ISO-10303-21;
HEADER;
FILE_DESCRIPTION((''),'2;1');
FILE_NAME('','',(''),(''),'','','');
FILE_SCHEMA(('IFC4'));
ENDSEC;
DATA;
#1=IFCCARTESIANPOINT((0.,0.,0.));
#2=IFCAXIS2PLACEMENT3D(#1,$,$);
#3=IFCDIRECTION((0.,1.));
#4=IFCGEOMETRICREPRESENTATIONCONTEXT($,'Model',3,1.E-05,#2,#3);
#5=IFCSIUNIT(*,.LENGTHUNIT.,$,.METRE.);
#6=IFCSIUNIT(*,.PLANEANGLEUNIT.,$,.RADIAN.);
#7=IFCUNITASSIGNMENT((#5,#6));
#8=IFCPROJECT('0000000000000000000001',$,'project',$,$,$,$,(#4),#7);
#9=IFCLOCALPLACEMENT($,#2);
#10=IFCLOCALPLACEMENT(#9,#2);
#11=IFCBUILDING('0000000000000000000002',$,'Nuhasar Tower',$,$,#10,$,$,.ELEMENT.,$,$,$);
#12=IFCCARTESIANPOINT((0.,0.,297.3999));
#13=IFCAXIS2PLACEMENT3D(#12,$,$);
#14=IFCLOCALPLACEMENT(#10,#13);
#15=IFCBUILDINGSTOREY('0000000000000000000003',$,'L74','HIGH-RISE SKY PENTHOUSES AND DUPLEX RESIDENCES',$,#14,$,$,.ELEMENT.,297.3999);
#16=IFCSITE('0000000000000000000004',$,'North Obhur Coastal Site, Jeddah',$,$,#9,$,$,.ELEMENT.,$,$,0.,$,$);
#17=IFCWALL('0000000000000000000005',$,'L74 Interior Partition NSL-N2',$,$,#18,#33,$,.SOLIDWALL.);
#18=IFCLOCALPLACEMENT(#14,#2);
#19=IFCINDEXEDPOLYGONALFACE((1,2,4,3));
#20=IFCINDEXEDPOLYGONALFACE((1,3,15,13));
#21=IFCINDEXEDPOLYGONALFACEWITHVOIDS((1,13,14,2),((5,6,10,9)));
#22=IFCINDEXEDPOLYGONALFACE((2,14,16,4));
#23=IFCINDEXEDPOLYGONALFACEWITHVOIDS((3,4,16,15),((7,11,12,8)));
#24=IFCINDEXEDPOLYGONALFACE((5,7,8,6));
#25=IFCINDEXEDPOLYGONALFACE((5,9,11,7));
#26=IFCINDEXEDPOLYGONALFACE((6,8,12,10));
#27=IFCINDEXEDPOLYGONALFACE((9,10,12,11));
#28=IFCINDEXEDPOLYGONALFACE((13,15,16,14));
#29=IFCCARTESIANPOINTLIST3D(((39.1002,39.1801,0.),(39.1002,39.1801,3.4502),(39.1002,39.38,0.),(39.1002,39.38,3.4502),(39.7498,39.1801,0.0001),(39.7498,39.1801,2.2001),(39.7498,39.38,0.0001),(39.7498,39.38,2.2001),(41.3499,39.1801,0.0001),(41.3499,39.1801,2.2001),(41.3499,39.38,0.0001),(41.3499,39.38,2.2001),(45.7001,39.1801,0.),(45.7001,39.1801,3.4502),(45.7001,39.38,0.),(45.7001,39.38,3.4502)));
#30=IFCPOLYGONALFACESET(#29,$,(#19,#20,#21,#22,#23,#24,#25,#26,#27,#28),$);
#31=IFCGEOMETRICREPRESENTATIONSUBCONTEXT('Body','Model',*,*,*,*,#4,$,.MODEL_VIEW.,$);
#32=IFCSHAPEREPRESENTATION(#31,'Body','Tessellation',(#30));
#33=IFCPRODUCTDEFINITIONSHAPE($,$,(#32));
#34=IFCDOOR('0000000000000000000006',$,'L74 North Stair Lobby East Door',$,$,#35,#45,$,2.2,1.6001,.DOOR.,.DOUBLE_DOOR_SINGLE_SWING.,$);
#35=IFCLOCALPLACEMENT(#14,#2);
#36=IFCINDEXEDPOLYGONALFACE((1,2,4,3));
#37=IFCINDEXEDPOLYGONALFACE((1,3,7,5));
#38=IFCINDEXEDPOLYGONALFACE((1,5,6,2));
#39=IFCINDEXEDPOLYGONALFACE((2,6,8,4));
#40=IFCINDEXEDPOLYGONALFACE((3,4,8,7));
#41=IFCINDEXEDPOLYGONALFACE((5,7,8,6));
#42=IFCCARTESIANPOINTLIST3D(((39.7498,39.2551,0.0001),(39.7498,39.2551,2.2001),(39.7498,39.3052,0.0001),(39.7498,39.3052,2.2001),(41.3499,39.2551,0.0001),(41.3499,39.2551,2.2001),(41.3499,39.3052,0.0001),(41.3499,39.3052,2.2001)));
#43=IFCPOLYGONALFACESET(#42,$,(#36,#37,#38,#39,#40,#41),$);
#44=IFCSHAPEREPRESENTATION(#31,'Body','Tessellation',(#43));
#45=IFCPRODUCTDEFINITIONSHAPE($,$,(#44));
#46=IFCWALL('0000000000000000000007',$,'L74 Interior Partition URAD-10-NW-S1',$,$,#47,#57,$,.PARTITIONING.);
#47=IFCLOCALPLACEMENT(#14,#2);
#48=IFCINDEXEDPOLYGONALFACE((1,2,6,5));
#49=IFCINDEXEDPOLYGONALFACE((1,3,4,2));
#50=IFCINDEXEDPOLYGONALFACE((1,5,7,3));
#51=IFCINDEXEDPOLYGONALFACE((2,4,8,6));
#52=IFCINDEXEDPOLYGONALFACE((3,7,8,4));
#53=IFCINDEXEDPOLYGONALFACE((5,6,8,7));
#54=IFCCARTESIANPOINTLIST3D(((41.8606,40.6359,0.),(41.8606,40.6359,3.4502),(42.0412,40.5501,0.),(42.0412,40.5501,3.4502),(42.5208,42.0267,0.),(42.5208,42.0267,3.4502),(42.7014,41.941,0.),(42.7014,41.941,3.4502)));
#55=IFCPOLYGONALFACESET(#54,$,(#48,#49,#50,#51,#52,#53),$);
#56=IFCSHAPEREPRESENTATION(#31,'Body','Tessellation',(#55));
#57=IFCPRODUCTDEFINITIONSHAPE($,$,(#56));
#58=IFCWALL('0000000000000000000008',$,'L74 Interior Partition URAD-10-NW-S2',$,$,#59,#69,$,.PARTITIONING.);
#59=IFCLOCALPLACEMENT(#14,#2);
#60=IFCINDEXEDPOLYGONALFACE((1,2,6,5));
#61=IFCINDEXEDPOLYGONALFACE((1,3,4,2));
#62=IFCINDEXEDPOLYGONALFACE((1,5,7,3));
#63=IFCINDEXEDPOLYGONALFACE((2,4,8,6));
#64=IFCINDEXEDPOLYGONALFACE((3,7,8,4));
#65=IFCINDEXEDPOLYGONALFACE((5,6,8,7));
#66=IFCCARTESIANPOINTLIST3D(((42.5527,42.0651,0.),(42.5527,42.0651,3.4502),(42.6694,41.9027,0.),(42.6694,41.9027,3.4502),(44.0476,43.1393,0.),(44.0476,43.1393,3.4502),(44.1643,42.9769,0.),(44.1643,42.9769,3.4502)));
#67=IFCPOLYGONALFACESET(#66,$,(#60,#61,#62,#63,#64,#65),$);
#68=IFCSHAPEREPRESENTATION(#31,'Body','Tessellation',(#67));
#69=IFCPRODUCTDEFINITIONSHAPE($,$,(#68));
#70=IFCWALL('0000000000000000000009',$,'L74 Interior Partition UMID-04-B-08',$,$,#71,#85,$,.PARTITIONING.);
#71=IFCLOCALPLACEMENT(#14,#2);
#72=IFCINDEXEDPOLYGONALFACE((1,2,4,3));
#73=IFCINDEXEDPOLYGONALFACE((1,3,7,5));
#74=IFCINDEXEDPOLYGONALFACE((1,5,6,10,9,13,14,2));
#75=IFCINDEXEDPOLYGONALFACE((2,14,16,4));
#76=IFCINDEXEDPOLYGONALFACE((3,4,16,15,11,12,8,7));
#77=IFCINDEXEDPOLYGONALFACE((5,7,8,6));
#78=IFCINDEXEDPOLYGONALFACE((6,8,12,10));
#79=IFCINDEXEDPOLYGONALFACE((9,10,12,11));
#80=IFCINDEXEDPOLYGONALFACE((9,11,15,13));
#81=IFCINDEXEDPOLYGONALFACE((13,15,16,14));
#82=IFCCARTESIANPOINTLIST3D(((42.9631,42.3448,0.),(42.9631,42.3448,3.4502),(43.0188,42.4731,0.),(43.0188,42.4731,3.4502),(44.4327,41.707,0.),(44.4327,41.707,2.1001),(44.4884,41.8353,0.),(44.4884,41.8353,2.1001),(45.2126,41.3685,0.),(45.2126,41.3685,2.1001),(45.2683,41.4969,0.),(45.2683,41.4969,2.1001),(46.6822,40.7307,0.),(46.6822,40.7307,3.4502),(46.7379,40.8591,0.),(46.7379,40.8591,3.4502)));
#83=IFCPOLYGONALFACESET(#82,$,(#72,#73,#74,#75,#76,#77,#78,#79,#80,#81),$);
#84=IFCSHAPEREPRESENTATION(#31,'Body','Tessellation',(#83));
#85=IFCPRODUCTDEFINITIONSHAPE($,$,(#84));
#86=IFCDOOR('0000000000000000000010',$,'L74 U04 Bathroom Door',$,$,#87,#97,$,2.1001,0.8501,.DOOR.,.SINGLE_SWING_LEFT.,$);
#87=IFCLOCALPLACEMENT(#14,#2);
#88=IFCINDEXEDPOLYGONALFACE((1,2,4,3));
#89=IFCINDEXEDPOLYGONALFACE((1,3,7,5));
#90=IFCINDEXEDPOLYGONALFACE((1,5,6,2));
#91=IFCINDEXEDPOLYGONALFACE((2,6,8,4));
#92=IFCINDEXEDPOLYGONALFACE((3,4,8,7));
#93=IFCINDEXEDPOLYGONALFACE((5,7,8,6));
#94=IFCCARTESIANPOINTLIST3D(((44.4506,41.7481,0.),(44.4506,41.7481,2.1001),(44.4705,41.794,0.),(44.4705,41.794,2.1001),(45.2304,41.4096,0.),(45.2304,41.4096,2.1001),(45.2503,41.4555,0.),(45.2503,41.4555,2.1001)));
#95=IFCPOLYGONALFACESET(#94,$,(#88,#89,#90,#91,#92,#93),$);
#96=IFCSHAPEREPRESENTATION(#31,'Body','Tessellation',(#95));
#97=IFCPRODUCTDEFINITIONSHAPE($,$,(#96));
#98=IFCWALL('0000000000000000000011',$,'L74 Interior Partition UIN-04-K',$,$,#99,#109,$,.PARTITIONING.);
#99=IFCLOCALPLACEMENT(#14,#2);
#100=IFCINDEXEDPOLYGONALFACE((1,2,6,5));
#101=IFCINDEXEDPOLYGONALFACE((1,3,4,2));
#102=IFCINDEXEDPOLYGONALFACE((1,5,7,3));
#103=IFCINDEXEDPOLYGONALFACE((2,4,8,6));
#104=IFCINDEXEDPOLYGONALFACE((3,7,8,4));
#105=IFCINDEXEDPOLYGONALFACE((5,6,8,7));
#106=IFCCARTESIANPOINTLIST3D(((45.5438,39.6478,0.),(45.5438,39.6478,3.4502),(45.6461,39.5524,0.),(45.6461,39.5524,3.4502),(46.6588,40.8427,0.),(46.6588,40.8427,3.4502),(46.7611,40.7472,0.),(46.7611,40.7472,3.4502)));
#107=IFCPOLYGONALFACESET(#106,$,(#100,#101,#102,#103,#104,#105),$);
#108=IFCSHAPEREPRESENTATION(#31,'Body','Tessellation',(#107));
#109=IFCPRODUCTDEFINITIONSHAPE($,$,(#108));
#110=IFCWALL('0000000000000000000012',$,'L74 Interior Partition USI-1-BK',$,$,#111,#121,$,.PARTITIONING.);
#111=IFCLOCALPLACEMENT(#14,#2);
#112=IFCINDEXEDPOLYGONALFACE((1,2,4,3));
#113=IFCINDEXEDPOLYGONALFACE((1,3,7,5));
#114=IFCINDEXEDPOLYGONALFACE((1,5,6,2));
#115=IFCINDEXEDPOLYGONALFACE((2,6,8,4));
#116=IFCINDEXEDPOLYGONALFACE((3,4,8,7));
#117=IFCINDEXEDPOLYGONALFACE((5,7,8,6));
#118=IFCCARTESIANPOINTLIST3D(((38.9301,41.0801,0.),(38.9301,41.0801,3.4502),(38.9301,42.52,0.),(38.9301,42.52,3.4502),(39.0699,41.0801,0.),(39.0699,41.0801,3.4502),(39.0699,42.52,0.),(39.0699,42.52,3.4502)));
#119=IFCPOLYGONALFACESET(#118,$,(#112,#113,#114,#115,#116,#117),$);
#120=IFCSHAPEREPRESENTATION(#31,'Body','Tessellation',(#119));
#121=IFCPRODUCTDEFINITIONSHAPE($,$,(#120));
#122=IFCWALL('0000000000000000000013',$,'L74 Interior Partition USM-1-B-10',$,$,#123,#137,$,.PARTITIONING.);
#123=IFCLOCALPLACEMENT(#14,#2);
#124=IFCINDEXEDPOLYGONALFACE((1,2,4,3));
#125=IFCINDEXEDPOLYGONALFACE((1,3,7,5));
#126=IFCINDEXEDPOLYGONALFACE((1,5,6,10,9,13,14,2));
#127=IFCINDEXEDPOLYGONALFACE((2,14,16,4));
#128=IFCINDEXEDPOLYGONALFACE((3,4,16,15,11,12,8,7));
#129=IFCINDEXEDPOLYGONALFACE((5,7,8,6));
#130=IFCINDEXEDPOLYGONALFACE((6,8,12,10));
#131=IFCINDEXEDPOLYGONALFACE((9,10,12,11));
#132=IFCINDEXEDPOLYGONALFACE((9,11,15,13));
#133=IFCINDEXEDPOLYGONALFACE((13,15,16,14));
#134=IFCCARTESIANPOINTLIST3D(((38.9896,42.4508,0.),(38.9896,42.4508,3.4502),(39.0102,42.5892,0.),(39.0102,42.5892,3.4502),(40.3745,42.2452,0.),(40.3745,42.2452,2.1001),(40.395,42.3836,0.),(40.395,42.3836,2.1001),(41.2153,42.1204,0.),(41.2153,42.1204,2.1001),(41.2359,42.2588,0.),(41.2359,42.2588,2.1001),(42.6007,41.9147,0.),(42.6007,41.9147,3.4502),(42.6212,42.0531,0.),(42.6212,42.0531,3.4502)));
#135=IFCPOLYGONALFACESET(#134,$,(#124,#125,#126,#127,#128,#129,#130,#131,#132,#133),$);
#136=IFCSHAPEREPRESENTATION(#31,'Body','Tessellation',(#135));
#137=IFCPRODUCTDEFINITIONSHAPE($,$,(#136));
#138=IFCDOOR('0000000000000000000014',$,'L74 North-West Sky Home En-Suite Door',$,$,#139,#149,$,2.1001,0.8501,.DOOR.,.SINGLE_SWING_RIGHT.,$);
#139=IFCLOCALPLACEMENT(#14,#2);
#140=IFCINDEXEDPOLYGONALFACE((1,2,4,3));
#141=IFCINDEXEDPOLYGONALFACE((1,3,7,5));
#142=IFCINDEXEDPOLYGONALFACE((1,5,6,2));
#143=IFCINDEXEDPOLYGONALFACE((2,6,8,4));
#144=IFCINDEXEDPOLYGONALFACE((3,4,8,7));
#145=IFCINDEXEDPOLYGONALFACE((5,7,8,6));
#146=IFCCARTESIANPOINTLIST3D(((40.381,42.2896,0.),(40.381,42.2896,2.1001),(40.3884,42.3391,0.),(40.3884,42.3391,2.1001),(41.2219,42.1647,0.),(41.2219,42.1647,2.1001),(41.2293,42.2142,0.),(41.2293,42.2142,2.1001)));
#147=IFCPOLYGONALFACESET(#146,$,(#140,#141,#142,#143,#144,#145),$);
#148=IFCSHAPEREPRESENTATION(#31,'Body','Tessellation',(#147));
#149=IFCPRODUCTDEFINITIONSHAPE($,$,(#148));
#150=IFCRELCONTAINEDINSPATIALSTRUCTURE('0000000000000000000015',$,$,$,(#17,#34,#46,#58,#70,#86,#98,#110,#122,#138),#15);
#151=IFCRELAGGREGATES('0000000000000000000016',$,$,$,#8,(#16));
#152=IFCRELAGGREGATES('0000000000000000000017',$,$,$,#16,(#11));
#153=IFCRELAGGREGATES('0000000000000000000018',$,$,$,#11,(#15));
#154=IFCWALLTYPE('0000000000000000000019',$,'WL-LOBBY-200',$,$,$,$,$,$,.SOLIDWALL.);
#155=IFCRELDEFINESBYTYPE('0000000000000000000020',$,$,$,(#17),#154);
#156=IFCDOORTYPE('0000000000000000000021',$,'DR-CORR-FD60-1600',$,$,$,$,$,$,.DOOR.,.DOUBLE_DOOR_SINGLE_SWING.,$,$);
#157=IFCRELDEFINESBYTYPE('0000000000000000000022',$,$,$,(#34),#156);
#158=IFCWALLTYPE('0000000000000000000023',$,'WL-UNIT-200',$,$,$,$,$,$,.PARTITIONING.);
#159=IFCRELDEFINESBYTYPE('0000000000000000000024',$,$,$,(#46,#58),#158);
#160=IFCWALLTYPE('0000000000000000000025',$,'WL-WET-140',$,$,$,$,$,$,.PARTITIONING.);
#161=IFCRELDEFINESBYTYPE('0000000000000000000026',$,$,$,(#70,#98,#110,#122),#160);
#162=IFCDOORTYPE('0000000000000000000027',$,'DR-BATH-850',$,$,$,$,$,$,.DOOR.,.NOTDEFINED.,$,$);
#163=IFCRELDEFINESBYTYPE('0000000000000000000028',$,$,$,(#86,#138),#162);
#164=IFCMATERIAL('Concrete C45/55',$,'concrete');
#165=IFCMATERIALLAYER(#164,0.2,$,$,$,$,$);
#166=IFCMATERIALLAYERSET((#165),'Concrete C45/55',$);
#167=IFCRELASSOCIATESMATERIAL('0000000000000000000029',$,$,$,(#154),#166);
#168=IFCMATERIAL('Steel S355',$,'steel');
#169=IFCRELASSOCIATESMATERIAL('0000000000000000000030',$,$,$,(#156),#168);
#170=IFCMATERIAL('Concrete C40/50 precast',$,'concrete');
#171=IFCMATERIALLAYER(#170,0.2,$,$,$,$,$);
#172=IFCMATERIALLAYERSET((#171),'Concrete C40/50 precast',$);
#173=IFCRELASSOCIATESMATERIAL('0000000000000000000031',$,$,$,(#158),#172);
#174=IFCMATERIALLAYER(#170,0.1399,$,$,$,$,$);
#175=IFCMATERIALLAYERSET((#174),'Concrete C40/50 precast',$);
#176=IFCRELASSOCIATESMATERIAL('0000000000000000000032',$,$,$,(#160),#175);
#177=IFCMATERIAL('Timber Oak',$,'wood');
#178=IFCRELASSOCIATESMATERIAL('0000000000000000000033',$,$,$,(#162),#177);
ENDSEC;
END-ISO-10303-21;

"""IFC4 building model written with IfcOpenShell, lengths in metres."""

from ifc_helpers import new_model, si_unit, direction, frame, frame_2d, origin, place, context, subcontext, project, spatial, rectangle, extrude, material, layer, layer_set, type_object, element, fill, save


model = new_model("IFC4")

# Units and contexts
model_context = context("Model", 3, precision=1e-05, world=origin(), true_north=direction((0.0, 1.0)))
body_context = subcontext(model_context, "Body", "Model", "MODEL_VIEW")
ifc_project = project(units=[si_unit("LENGTHUNIT", "METRE"), si_unit("PLANEANGLEUNIT", "RADIAN")], contexts=[model_context])

# Site, building, storey
site_placement = place(None, origin())
site = spatial("IfcSite", under=ifc_project, at=site_placement, Name="North Obhur Coastal Site, Jeddah", CompositionType="ELEMENT", RefElevation=0.0)
building_placement = place(site_placement, origin())
building = spatial("IfcBuilding", under=site, at=building_placement, Name="Nuhasar Tower", CompositionType="ELEMENT")
storey_placement = place(building_placement, frame((0.0, 0.0, 297.3999)))
storey = spatial("IfcBuildingStorey", under=building, at=storey_placement, Name="L74", Description="HIGH-RISE SKY PENTHOUSES AND DUPLEX RESIDENCES", CompositionType="ELEMENT", Elevation=297.3999)

# Shared definitions
ifc_material_1 = material(Name="Steel S355", Category="steel")

# Shared definitions
ifc_material_2 = material(Name="Concrete C45/55", Category="concrete")
ifc_layer_1 = layer(ifc_material_2, 0.2)
ifc_layer_set_1 = layer_set([ifc_layer_1], Name="Concrete C45/55")
wall_type_1 = type_object("IfcWallType", Name="WL-LOBBY-200", PredefinedType="SOLIDWALL", material=ifc_layer_set_1)

# Wall, opening, door
wall_1_placement = place(storey_placement, frame((45.7, 39.28, 0.0), z_axis=(0.0, 0.0, 1.0), x_axis=(-1.0, 0.0, 0.0)))
wall_1 = element("IfcWall", 1, at=wall_1_placement, inside=storey, type_object=wall_type_1, Name="L74 Interior Partition NSL-N2", PredefinedType="SOLIDWALL", context=body_context, shape_type="SweptSolid", body=[
    extrude(rectangle(XDim=6.5999, YDim=0.2, at=frame_2d((3.2998, 0.0))), origin(), (0.0, 0.0, 1.0), 3.4502),
])
opening_1_placement = place(wall_1_placement, frame((4.3501, 0.0, 0.0)))
opening_1 = element("IfcOpeningElement", 2, at=opening_1_placement, cuts=wall_1, PredefinedType="OPENING", context=body_context, shape_type="SweptSolid", body=[
    extrude(rectangle(XDim=1.6001, YDim=2.2, at=frame_2d((0.8, 1.1001))), frame((0.0, 0.1099, 0.0), z_axis=(0.0, -1.0, 0.0), x_axis=(1.0, 0.0, 0.0)), (0.0, 0.0, 1.0), 0.22),
])
door_type_1 = type_object("IfcDoorType", Name="DR-CORR-FD60-1600", OperationType="DOUBLE_DOOR_SINGLE_SWING", PredefinedType="DOOR", material=ifc_material_1)
door_1_placement = place(opening_1_placement, origin())
door_1 = element("IfcDoor", 3, at=door_1_placement, inside=storey, type_object=door_type_1, Name="L74 North Stair Lobby East Door", OperationType="DOUBLE_DOOR_SINGLE_SWING", OverallHeight=2.2, OverallWidth=1.6001, PredefinedType="DOOR", context=body_context, shape_type="SweptSolid", body=[
    extrude(rectangle(XDim=1.6001, YDim=2.2, at=frame_2d((0.8, 1.1001))), frame((0.0, 0.0249, 0.0), z_axis=(0.0, -1.0, 0.0), x_axis=(1.0, 0.0, 0.0)), (0.0, 0.0, 1.0), 0.05),
])
fill(opening_1, door_1)

# Walls
ifc_material_3 = material(Name="Concrete C40/50 precast", Category="concrete")
ifc_layer_2 = layer(ifc_material_3, 0.2)
ifc_layer_set_2 = layer_set([ifc_layer_2], Name="Concrete C40/50 precast")
wall_type_2 = type_object("IfcWallType", Name="WL-UNIT-200", PredefinedType="PARTITIONING", material=ifc_layer_set_2)
wall_2_placement = place(storey_placement, frame((41.9509, 40.593, 0.0), z_axis=(0.0, 0.0, 1.0), x_axis=(0.428788, 0.903405, 0.0)))
element("IfcWall", 4, at=wall_2_placement, inside=storey, type_object=wall_type_2, Name="L74 Interior Partition URAD-10-NW-S1", PredefinedType="PARTITIONING", context=body_context, shape_type="SweptSolid", body=[
    extrude(rectangle(XDim=1.5396, YDim=0.2, at=frame_2d((0.7698, 0.0))), origin(), (0.0, 0.0, 1.0), 3.4502),
])
wall_3_placement = place(storey_placement, frame((42.6111, 41.9839, 0.0), z_axis=(0.0, 0.0, 1.0), x_axis=(0.812072, 0.583557, 0.0)))
element("IfcWall", 5, at=wall_3_placement, inside=storey, type_object=wall_type_2, Name="L74 Interior Partition URAD-10-NW-S2", PredefinedType="PARTITIONING", context=body_context, shape_type="SweptSolid", body=[
    extrude(rectangle(XDim=1.8408, YDim=0.2, at=frame_2d((0.9204, 0.0))), origin(), (0.0, 0.0, 1.0), 3.4502),
])

# Wall, opening, door
ifc_layer_3 = layer(ifc_material_3, 0.1399)
ifc_layer_set_3 = layer_set([ifc_layer_3], Name="Concrete C40/50 precast")
wall_type_3 = type_object("IfcWallType", Name="WL-WET-140", PredefinedType="PARTITIONING", material=ifc_layer_set_3)
wall_4_placement = place(storey_placement, frame((42.991, 42.4089, 0.0), z_axis=(0.0, 0.0, 1.0), x_axis=(0.917335, -0.398116, 0.0)))
wall_4 = element("IfcWall", 6, at=wall_4_placement, inside=storey, type_object=wall_type_3, Name="L74 Interior Partition UMID-04-B-08", PredefinedType="PARTITIONING", context=body_context, shape_type="SweptSolid", body=[
    extrude(rectangle(XDim=4.0542, YDim=0.1399, at=frame_2d((2.0271, 0.0))), origin(), (0.0, 0.0, 1.0), 3.4502),
])
opening_2_placement = place(wall_4_placement, frame((1.6021, 0.0, 0.0)))
opening_2 = element("IfcOpeningElement", 7, at=opening_2_placement, cuts=wall_4, PredefinedType="OPENING", context=body_context, shape_type="SweptSolid", body=[
    extrude(rectangle(XDim=0.8501, YDim=2.1001, at=frame_2d((0.425, 1.05))), frame((0.0, 0.0801, 0.0), z_axis=(0.0, -1.0, 0.0), x_axis=(1.0, 0.0, 0.0)), (0.0, 0.0, 1.0), 0.1599),
])
ifc_material_4 = material(Name="Timber Oak", Category="wood")
door_type_2 = type_object("IfcDoorType", Name="DR-BATH-850", OperationType="NOTDEFINED", PredefinedType="DOOR", material=ifc_material_4)
door_2_placement = place(opening_2_placement, origin())
door_2 = element("IfcDoor", 8, at=door_2_placement, inside=storey, type_object=door_type_2, Name="L74 U04 Bathroom Door", OperationType="SINGLE_SWING_LEFT", OverallHeight=2.1001, OverallWidth=0.8501, PredefinedType="DOOR", context=body_context, shape_type="SweptSolid", body=[
    extrude(rectangle(XDim=0.8501, YDim=2.1001, at=frame_2d((0.425, 1.05))), frame((0.0, 0.0249, 0.0), z_axis=(0.0, -1.0, 0.0), x_axis=(1.0, 0.0, 0.0)), (0.0, 0.0, 1.0), 0.05),
])
fill(opening_2, door_2)

# Walls
wall_5_placement = place(storey_placement, frame((45.595, 39.6001, 0.0), z_axis=(0.0, 0.0, 1.0), x_axis=(0.68226, 0.73111, 0.0)))
element("IfcWall", 9, at=wall_5_placement, inside=storey, type_object=wall_type_3, Name="L74 Interior Partition UIN-04-K", PredefinedType="PARTITIONING", context=body_context, shape_type="SweptSolid", body=[
    extrude(rectangle(XDim=1.6343, YDim=0.1399, at=frame_2d((0.8171, 0.0))), origin(), (0.0, 0.0, 1.0), 3.4502),
])
wall_6_placement = place(storey_placement, frame((39.0, 41.0801, 0.0), z_axis=(0.0, 0.0, 1.0), x_axis=(0.0, 1.0, 0.0)))
element("IfcWall", 10, at=wall_6_placement, inside=storey, type_object=wall_type_3, Name="L74 Interior Partition USI-1-BK", PredefinedType="PARTITIONING", context=body_context, shape_type="SweptSolid", body=[
    extrude(rectangle(XDim=1.4399, YDim=0.1399, at=frame_2d((0.72, 0.0))), origin(), (0.0, 0.0, 1.0), 3.4502),
])

# Wall, opening, door
wall_7_placement = place(storey_placement, frame((39.0, 42.52, 0.0), z_axis=(0.0, 0.0, 1.0), x_axis=(0.989157, -0.146859, 0.0)))
wall_7 = element("IfcWall", 11, at=wall_7_placement, inside=storey, type_object=wall_type_3, Name="L74 Interior Partition USM-1-B-10", PredefinedType="PARTITIONING", context=body_context, shape_type="SweptSolid", body=[
    extrude(rectangle(XDim=3.6506, YDim=0.1399, at=frame_2d((1.8252, 0.0))), origin(), (0.0, 0.0, 1.0), 3.4502),
])
opening_3_placement = place(wall_7_placement, frame((1.3999, 0.0, 0.0)))
opening_3 = element("IfcOpeningElement", 12, at=opening_3_placement, cuts=wall_7, PredefinedType="OPENING", context=body_context, shape_type="SweptSolid", body=[
    extrude(rectangle(XDim=0.8501, YDim=2.1001, at=frame_2d((0.425, 1.05))), frame((0.0, 0.0801, 0.0), z_axis=(0.0, -1.0, 0.0), x_axis=(1.0, 0.0, 0.0)), (0.0, 0.0, 1.0), 0.1599),
])
door_3_placement = place(opening_3_placement, origin())
door_3 = element("IfcDoor", 13, at=door_3_placement, inside=storey, type_object=door_type_2, Name="L74 North-West Sky Home En-Suite Door", OperationType="SINGLE_SWING_RIGHT", OverallHeight=2.1001, OverallWidth=0.8501, PredefinedType="DOOR", context=body_context, shape_type="SweptSolid", body=[
    extrude(rectangle(XDim=0.8501, YDim=2.1001, at=frame_2d((0.425, 1.05))), frame((0.0, 0.0249, 0.0), z_axis=(0.0, -1.0, 0.0), x_axis=(1.0, 0.0, 0.0)), (0.0, 0.0, 1.0), 0.05),
])
fill(opening_3, door_3)

save(model, "model.ifc")
